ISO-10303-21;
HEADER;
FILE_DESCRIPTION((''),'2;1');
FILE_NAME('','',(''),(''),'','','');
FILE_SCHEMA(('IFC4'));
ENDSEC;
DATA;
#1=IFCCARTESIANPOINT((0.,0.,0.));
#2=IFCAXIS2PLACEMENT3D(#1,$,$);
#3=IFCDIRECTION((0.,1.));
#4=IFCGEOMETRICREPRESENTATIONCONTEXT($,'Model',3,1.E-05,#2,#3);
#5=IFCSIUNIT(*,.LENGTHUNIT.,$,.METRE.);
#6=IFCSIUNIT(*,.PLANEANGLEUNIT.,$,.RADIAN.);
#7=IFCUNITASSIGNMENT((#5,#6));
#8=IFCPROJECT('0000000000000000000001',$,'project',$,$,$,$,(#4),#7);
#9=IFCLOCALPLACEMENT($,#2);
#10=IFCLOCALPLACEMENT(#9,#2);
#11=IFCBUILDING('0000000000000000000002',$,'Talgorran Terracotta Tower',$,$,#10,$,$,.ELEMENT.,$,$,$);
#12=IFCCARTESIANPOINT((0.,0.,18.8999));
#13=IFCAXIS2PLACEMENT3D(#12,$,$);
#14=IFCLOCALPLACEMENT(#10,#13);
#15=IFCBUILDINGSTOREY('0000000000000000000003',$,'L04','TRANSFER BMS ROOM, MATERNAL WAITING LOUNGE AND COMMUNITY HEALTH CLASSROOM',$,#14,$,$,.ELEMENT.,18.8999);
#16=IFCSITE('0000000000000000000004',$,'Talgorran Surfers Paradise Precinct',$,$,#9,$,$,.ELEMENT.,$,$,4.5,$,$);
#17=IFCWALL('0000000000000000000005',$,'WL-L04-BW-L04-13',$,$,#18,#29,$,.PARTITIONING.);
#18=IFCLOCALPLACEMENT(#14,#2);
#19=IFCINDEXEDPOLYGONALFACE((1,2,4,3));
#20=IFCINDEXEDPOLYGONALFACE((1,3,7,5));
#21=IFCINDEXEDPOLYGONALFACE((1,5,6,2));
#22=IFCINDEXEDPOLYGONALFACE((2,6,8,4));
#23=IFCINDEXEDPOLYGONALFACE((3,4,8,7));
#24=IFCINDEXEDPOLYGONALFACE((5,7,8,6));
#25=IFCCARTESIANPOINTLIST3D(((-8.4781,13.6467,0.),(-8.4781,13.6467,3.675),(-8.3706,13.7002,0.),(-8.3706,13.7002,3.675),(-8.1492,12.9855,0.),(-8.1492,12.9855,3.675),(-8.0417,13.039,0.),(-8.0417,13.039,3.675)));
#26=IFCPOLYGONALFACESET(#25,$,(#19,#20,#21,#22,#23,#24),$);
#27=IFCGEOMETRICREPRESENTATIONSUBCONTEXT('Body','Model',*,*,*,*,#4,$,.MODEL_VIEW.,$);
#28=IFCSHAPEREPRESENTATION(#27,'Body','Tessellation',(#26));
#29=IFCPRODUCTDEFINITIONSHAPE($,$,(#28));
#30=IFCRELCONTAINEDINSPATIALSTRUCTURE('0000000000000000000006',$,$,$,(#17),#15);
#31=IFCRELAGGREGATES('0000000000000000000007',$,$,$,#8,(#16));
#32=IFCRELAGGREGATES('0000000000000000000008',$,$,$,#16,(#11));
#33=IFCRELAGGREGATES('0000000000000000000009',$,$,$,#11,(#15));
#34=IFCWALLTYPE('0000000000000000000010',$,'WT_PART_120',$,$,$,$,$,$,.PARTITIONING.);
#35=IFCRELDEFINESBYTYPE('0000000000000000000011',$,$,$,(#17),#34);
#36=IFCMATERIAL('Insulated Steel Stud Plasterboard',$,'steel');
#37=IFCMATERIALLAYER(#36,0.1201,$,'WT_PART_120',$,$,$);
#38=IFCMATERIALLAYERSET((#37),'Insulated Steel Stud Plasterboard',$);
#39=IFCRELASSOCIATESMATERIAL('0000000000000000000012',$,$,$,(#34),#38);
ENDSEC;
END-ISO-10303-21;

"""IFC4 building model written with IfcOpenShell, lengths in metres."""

from ifc_helpers import new_model, si_unit, direction, frame, frame_2d, origin, place, context, subcontext, project, spatial, rectangle, extrude, material, layer, layer_set, type_object, element, save


model = new_model("IFC4")

# Units and contexts
model_context = context("Model", 3, precision=1e-05, world=origin(), true_north=direction((0.0, 1.0)))
body_context = subcontext(model_context, "Body", "Model", "MODEL_VIEW")
ifc_project = project(units=[si_unit("LENGTHUNIT", "METRE"), si_unit("PLANEANGLEUNIT", "RADIAN")], contexts=[model_context])

# Site, building, storey
site_placement = place(None, origin())
site = spatial("IfcSite", under=ifc_project, at=site_placement, Name="Talgorran Surfers Paradise Precinct", CompositionType="ELEMENT", RefElevation=4.5)
building_placement = place(site_placement, origin())
building = spatial("IfcBuilding", under=site, at=building_placement, Name="Talgorran Terracotta Tower", CompositionType="ELEMENT")
storey_placement = place(building_placement, frame((0.0, 0.0, 18.8999)))
storey = spatial("IfcBuildingStorey", under=building, at=storey_placement, Name="L04", Description="TRANSFER BMS ROOM, MATERNAL WAITING LOUNGE AND COMMUNITY HEALTH CLASSROOM", CompositionType="ELEMENT", Elevation=18.8999)

# Wall
ifc_material_1 = material(Name="Insulated Steel Stud Plasterboard", Category="steel")
ifc_layer_1 = layer(ifc_material_1, 0.1201, Name="WT_PART_120")
ifc_layer_set_1 = layer_set([ifc_layer_1], Name="Insulated Steel Stud Plasterboard")
wall_type_1 = type_object("IfcWallType", Name="WT_PART_120", PredefinedType="PARTITIONING", material=ifc_layer_set_1)
wall_1_placement = place(storey_placement, frame((-8.4243, 13.6733, 0.0), z_axis=(0.0, 0.0, 1.0), x_axis=(0.445361, -0.895351, 0.0)))
element("IfcWall", 1, at=wall_1_placement, inside=storey, type_object=wall_type_1, Name="WL-L04-BW-L04-13", PredefinedType="PARTITIONING", context=body_context, shape_type="SweptSolid", body=[
    extrude(rectangle(XDim=0.7385, YDim=0.1201, at=frame_2d((0.3691, 0.0))), origin(), (0.0, 0.0, 1.0), 3.675),
])

save(model, "model.ifc")
